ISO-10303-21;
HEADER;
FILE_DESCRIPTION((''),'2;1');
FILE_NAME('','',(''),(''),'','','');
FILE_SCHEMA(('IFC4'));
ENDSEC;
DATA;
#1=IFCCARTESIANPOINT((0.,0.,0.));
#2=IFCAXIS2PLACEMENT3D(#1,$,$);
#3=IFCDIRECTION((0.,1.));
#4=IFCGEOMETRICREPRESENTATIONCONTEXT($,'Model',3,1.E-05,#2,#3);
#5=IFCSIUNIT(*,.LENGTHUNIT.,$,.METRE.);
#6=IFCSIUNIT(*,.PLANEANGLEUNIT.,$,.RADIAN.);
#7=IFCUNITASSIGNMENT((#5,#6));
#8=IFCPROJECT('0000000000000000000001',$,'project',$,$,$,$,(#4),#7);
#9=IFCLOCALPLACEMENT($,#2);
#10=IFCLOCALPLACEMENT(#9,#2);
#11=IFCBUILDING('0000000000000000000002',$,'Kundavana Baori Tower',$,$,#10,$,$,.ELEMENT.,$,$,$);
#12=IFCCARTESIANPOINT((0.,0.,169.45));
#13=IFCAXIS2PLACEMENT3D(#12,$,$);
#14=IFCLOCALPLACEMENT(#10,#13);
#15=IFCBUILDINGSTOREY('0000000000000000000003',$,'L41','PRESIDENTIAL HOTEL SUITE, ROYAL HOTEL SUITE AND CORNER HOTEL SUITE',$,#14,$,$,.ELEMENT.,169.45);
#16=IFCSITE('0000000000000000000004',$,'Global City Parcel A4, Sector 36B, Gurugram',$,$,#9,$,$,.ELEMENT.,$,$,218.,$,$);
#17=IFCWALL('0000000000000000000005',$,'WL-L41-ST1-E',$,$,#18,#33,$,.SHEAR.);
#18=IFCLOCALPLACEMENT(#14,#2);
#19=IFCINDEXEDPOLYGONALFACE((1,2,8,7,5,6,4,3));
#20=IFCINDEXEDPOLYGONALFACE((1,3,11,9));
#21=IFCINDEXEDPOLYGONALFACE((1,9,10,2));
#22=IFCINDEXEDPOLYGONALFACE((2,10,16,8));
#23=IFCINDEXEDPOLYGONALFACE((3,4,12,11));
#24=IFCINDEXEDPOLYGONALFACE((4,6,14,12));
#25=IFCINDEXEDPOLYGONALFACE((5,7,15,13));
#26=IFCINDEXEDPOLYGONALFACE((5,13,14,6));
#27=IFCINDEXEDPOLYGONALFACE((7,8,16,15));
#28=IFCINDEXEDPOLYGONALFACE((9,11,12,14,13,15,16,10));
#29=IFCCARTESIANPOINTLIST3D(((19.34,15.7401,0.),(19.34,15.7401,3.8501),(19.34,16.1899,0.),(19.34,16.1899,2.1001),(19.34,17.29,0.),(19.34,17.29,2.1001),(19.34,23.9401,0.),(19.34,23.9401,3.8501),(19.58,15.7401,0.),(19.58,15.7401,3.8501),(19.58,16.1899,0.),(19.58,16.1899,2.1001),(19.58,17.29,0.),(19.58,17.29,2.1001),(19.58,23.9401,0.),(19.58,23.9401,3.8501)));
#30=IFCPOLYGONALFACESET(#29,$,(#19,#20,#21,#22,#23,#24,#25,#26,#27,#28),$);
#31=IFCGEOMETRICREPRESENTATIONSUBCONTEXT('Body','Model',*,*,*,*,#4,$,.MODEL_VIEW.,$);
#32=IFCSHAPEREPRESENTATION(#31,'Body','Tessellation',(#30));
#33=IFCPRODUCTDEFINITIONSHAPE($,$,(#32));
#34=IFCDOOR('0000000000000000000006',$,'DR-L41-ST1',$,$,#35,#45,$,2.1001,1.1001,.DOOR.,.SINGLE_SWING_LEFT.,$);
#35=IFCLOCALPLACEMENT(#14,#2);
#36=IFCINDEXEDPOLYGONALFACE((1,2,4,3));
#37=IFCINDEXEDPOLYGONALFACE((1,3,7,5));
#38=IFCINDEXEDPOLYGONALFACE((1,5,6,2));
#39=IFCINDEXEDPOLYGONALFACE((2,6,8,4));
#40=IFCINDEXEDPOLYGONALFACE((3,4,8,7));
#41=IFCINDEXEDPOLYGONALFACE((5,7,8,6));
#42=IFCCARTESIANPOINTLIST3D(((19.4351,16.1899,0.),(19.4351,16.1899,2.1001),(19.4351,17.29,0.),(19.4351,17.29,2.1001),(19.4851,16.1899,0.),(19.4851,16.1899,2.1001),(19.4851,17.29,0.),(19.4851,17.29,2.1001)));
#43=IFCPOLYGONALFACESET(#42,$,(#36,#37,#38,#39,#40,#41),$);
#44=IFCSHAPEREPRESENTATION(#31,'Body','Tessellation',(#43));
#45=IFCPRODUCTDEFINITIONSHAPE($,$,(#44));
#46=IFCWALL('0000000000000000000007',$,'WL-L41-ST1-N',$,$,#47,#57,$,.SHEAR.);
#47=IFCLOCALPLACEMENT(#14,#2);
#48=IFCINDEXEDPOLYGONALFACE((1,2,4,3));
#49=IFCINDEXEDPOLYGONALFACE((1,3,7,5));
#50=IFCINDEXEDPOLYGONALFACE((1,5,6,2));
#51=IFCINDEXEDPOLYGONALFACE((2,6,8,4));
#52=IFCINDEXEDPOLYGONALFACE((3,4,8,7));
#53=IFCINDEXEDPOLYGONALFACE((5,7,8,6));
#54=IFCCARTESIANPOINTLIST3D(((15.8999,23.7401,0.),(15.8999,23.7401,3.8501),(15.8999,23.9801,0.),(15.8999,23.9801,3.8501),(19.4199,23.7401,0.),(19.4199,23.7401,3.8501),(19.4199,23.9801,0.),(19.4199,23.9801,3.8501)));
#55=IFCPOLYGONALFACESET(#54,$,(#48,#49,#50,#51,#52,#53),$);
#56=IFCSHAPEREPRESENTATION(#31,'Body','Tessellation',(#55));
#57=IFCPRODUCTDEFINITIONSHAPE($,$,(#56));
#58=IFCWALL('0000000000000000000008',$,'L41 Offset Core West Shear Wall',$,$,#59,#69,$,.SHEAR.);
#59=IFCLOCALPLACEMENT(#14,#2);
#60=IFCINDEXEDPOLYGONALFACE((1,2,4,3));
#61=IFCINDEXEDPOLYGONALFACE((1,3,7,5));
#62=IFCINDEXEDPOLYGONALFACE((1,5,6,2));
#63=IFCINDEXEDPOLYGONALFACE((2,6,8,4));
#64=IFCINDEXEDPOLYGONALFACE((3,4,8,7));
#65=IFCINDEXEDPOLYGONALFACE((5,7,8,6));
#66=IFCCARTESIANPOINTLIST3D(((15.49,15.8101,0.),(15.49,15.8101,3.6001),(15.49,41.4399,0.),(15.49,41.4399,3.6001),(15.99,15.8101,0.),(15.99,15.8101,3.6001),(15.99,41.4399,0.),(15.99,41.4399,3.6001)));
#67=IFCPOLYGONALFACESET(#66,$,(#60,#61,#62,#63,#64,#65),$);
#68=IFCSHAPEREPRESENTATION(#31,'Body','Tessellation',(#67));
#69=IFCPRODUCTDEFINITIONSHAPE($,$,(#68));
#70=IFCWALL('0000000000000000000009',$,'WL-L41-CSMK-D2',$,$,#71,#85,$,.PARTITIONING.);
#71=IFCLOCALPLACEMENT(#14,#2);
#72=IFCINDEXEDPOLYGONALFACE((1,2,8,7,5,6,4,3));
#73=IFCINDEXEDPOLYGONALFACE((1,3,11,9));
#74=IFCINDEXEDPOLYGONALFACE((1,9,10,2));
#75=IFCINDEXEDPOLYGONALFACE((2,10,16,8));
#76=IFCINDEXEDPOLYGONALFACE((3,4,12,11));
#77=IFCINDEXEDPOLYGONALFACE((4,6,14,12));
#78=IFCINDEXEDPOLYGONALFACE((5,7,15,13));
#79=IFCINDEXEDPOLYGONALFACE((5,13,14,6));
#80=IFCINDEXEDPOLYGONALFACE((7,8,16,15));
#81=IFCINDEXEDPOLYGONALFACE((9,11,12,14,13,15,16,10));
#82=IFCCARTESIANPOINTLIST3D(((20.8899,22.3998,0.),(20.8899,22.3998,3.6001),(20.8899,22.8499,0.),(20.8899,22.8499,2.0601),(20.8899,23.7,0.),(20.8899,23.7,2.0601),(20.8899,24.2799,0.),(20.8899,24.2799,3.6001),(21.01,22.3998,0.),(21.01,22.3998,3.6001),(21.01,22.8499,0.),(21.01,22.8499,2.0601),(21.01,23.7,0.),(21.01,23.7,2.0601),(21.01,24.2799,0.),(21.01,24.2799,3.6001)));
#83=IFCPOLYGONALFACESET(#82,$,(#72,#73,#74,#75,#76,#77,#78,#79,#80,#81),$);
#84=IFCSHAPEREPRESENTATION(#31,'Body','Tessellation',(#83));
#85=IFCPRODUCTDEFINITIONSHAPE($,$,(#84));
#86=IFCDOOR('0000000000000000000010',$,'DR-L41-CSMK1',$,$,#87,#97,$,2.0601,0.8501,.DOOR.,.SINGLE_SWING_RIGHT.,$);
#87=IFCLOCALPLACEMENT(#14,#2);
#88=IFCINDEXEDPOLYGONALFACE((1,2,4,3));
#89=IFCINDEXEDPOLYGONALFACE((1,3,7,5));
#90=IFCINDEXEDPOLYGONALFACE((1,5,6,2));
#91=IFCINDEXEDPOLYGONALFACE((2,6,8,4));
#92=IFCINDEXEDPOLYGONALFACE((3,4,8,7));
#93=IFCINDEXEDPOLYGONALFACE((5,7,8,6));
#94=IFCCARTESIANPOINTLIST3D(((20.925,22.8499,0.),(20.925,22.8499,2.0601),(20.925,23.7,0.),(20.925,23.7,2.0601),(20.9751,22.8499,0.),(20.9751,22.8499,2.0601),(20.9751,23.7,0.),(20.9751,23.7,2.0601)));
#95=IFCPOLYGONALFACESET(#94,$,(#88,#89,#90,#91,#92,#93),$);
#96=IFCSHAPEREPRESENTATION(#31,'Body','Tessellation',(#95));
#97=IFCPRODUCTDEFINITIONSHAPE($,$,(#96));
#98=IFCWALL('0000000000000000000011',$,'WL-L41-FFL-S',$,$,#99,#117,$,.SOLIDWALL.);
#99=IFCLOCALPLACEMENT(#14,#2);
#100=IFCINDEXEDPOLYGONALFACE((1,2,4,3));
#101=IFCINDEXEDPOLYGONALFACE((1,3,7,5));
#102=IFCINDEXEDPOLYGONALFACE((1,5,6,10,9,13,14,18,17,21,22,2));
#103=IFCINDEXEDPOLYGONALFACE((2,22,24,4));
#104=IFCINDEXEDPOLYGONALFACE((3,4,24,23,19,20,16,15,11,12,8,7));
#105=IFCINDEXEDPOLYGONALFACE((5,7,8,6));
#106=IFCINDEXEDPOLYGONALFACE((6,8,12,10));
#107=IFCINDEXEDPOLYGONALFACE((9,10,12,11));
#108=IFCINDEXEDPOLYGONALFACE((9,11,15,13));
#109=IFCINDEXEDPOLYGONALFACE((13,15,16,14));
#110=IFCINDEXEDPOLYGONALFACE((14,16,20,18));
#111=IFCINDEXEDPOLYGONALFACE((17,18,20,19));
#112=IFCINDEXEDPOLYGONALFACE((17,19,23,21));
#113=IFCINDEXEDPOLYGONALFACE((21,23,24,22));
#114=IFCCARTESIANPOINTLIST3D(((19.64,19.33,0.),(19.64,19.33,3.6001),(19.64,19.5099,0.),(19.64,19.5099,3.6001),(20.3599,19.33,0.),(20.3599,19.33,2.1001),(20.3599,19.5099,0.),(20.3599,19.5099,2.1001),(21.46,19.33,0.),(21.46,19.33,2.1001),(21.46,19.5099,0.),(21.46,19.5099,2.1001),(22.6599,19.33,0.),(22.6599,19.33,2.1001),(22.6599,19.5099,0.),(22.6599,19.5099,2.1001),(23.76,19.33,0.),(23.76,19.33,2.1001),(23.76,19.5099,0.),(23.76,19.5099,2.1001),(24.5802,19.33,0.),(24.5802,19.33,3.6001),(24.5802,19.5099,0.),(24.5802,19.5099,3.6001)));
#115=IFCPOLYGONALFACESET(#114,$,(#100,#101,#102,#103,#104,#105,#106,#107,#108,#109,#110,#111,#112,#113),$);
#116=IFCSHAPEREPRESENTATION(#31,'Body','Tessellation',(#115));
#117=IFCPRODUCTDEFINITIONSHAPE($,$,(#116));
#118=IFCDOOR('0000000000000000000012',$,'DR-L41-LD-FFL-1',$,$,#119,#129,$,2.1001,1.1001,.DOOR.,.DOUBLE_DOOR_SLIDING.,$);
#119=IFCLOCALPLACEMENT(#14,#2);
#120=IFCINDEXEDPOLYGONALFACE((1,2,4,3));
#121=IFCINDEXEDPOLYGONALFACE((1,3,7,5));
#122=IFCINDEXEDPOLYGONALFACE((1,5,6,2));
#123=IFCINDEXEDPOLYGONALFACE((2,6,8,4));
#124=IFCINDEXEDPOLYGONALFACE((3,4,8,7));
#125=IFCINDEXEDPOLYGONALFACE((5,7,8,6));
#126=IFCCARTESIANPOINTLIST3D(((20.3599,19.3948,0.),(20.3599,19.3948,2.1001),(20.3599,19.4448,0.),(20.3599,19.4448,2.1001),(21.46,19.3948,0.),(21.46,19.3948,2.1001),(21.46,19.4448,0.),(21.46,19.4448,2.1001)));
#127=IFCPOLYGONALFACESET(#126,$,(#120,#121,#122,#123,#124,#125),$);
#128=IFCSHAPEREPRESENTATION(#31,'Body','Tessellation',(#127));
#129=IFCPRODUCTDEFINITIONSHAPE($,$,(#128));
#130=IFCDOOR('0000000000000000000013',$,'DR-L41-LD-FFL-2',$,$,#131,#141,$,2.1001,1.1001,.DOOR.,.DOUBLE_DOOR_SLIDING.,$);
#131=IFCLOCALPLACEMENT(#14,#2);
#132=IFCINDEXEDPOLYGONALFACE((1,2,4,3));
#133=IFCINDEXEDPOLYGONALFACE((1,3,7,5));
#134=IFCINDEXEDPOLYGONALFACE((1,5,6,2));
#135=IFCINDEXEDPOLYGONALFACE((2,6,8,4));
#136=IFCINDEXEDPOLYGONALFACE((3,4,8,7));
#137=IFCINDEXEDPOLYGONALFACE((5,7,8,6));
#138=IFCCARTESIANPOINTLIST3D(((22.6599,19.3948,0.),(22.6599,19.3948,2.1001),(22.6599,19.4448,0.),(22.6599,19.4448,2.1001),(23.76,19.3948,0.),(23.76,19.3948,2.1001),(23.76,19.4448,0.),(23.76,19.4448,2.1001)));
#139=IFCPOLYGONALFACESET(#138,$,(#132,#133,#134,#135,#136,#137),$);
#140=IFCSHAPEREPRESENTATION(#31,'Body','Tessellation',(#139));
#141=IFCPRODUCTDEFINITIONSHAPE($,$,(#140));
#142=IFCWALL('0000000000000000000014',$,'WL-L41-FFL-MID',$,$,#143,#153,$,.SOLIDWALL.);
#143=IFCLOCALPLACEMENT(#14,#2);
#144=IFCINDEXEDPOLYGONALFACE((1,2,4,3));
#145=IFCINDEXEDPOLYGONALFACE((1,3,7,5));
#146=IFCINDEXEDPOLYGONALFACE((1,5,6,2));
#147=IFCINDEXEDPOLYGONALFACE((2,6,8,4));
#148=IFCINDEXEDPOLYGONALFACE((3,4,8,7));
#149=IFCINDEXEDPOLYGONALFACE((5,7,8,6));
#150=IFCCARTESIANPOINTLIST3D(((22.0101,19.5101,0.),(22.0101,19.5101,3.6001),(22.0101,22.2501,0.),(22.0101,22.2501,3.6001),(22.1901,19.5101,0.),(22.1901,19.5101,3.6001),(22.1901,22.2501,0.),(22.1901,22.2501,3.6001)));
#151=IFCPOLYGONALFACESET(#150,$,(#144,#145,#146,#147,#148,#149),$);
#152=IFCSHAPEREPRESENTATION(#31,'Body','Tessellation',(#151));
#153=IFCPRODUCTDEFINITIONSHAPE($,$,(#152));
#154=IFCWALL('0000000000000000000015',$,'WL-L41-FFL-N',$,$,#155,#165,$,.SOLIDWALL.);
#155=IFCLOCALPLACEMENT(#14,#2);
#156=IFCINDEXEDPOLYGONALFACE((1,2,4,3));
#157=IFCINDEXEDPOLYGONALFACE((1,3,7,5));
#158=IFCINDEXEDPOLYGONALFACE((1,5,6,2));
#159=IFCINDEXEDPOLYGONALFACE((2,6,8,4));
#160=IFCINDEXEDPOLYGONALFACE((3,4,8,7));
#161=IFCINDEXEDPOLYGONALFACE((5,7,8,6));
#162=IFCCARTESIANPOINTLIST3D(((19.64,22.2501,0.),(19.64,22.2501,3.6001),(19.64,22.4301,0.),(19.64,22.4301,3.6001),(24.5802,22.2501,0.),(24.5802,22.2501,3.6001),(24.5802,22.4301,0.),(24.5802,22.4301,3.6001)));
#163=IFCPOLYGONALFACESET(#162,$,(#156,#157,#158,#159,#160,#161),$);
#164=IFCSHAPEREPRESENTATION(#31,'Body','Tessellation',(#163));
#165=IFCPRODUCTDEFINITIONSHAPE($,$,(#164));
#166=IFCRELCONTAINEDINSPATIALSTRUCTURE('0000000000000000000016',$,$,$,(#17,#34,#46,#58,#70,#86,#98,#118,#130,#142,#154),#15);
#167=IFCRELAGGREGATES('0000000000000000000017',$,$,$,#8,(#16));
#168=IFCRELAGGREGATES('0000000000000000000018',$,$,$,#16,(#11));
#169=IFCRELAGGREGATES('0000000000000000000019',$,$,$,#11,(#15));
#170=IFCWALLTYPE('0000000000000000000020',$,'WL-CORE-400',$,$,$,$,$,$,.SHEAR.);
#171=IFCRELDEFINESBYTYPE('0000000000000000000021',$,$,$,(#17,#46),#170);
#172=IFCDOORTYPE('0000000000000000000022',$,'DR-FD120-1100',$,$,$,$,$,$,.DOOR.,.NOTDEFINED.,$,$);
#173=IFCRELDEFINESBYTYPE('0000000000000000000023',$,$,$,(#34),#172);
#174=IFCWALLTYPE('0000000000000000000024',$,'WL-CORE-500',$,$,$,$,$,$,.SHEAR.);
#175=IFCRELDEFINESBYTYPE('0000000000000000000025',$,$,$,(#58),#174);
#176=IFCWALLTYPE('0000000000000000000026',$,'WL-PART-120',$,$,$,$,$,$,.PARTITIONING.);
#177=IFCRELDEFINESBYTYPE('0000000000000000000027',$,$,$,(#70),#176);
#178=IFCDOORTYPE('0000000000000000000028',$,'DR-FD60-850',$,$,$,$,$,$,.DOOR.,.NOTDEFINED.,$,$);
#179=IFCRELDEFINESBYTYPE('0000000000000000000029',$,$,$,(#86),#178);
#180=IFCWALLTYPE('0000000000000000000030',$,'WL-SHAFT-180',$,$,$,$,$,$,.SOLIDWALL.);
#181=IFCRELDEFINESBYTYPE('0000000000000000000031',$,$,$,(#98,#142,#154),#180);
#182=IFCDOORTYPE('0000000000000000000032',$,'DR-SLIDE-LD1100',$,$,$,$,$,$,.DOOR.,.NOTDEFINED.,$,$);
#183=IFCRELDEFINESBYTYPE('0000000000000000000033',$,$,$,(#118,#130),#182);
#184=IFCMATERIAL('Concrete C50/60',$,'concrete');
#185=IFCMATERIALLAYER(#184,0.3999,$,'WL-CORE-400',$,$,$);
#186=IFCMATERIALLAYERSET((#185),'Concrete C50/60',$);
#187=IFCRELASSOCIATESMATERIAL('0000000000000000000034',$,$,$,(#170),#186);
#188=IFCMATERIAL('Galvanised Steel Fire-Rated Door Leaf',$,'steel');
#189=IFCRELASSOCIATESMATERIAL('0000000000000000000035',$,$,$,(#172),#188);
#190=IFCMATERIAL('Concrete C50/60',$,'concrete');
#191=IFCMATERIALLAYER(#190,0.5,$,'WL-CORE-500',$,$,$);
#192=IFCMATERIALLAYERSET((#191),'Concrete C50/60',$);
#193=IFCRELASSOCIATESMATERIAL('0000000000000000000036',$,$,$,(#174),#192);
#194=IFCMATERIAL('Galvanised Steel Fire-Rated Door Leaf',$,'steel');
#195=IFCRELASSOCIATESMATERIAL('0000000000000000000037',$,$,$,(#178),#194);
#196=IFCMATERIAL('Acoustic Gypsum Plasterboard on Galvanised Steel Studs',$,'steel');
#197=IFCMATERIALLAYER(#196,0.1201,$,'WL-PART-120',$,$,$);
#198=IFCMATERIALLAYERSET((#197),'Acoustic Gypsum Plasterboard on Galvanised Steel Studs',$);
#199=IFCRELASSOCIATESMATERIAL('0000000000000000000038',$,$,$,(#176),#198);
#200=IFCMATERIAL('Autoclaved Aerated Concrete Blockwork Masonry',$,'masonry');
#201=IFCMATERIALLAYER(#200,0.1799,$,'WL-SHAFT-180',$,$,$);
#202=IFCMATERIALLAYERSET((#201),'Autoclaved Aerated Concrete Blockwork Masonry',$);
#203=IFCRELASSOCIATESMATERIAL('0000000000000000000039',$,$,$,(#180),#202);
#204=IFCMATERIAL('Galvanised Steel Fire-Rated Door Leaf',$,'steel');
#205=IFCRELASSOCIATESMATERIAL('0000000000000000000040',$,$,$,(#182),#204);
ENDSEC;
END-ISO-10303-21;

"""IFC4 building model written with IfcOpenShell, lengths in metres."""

from ifc_helpers import new_model, si_unit, direction, frame, frame_2d, origin, place, context, subcontext, project, spatial, rectangle, extrude, material, layer, layer_set, type_object, element, fill, save


model = new_model("IFC4")

# Units and contexts
model_context = context("Model", 3, precision=1e-05, world=origin(), true_north=direction((0.0, 1.0)))
body_context = subcontext(model_context, "Body", "Model", "MODEL_VIEW")
ifc_project = project(units=[si_unit("LENGTHUNIT", "METRE"), si_unit("PLANEANGLEUNIT", "RADIAN")], contexts=[model_context])

# Site, building, storey
site_placement = place(None, origin())
site = spatial("IfcSite", under=ifc_project, at=site_placement, Name="Global City Parcel A4, Sector 36B, Gurugram", CompositionType="ELEMENT", RefElevation=218.0)
building_placement = place(site_placement, origin())
building = spatial("IfcBuilding", under=site, at=building_placement, Name="Kundavana Baori Tower", CompositionType="ELEMENT")
storey_placement = place(building_placement, frame((0.0, 0.0, 169.45)))
storey = spatial("IfcBuildingStorey", under=building, at=storey_placement, Name="L41", Description="PRESIDENTIAL HOTEL SUITE, ROYAL HOTEL SUITE AND CORNER HOTEL SUITE", CompositionType="ELEMENT", Elevation=169.45)

# Wall, opening, door
ifc_material_1 = material(Name="Concrete C50/60", Category="concrete")
ifc_layer_1 = layer(ifc_material_1, 0.3999, Name="WL-CORE-400")
ifc_layer_set_1 = layer_set([ifc_layer_1], Name="Concrete C50/60")
wall_type_1 = type_object("IfcWallType", Name="WL-CORE-400", PredefinedType="SHEAR", material=ifc_layer_set_1)
wall_1_placement = place(storey_placement, frame((19.46, 15.74, 0.0), z_axis=(0.0, 0.0, 1.0), x_axis=(0.0, 1.0, 0.0)))
wall_1 = element("IfcWall", 1, at=wall_1_placement, inside=storey, type_object=wall_type_1, Name="WL-L41-ST1-E", PredefinedType="SHEAR", context=body_context, shape_type="SweptSolid", body=[
    extrude(rectangle(XDim=8.2, YDim=0.24, at=frame_2d((4.1001, 0.0))), origin(), (0.0, 0.0, 1.0), 3.8501),
])
opening_1_placement = place(wall_1_placement, frame((0.45, 0.0, 0.0)))
opening_1 = element("IfcOpeningElement", 2, at=opening_1_placement, cuts=wall_1, PredefinedType="OPENING", context=body_context, shape_type="SweptSolid", body=[
    extrude(rectangle(XDim=1.1001, YDim=2.1001, at=frame_2d((0.55, 1.05))), frame((0.0, 0.1299, 0.0), z_axis=(0.0, -1.0, 0.0), x_axis=(1.0, 0.0, 0.0)), (0.0, 0.0, 1.0), 0.26),
])
ifc_material_2 = material(Name="Galvanised Steel Fire-Rated Door Leaf", Category="steel")
door_type_1 = type_object("IfcDoorType", Name="DR-FD120-1100", OperationType="NOTDEFINED", PredefinedType="DOOR", material=ifc_material_2)
door_1_placement = place(opening_1_placement, origin())
door_1 = element("IfcDoor", 3, at=door_1_placement, inside=storey, type_object=door_type_1, Name="DR-L41-ST1", OperationType="SINGLE_SWING_LEFT", OverallHeight=2.1001, OverallWidth=1.1001, PredefinedType="DOOR", context=body_context, shape_type="SweptSolid", body=[
    extrude(rectangle(XDim=1.1001, YDim=2.1001, at=frame_2d((0.55, 1.05))), frame((0.0, 0.0249, 0.0), z_axis=(0.0, -1.0, 0.0), x_axis=(1.0, 0.0, 0.0)), (0.0, 0.0, 1.0), 0.05),
])
fill(opening_1, door_1)

# Walls
wall_2_placement = place(storey_placement, frame((15.8999, 23.8601, 0.0), z_axis=(0.0, 0.0, 1.0), x_axis=(1.0, 0.0, 0.0)))
element("IfcWall", 4, at=wall_2_placement, inside=storey, type_object=wall_type_1, Name="WL-L41-ST1-N", PredefinedType="SHEAR", context=body_context, shape_type="SweptSolid", body=[
    extrude(rectangle(XDim=3.52, YDim=0.24, at=frame_2d((1.76, 0.0))), origin(), (0.0, 0.0, 1.0), 3.8501),
])
ifc_material_3 = material(Name="Concrete C50/60", Category="concrete")
ifc_layer_2 = layer(ifc_material_3, 0.5, Name="WL-CORE-500")
ifc_layer_set_2 = layer_set([ifc_layer_2], Name="Concrete C50/60")
wall_type_2 = type_object("IfcWallType", Name="WL-CORE-500", PredefinedType="SHEAR", material=ifc_layer_set_2)
wall_3_placement = place(storey_placement, frame((15.74, 15.8101, 0.0), z_axis=(0.0, 0.0, 1.0), x_axis=(0.0, 1.0, 0.0)))
element("IfcWall", 5, at=wall_3_placement, inside=storey, type_object=wall_type_2, Name="L41 Offset Core West Shear Wall", PredefinedType="SHEAR", context=body_context, shape_type="SweptSolid", body=[
    extrude(rectangle(XDim=25.6299, YDim=0.5, at=frame_2d((12.8149, 0.0))), origin(), (0.0, 0.0, 1.0), 3.6001),
])

# Shared definitions
ifc_material_4 = material(Name="Galvanised Steel Fire-Rated Door Leaf", Category="steel")
door_type_2 = type_object("IfcDoorType", Name="DR-FD60-850", OperationType="NOTDEFINED", PredefinedType="DOOR", material=ifc_material_4)

# Wall, opening, door
ifc_material_5 = material(Name="Acoustic Gypsum Plasterboard on Galvanised Steel Studs", Category="steel")
ifc_layer_3 = layer(ifc_material_5, 0.1201, Name="WL-PART-120")
ifc_layer_set_3 = layer_set([ifc_layer_3], Name="Acoustic Gypsum Plasterboard on Galvanised Steel Studs")
wall_type_3 = type_object("IfcWallType", Name="WL-PART-120", PredefinedType="PARTITIONING", material=ifc_layer_set_3)
wall_4_placement = place(storey_placement, frame((20.95, 22.3999, 0.0), z_axis=(0.0, 0.0, 1.0), x_axis=(0.0, 1.0, 0.0)))
wall_4 = element("IfcWall", 6, at=wall_4_placement, inside=storey, type_object=wall_type_3, Name="WL-L41-CSMK-D2", PredefinedType="PARTITIONING", context=body_context, shape_type="SweptSolid", body=[
    extrude(rectangle(XDim=1.8801, YDim=0.1201, at=frame_2d((0.9399, 0.0))), origin(), (0.0, 0.0, 1.0), 3.6001),
])
opening_2_placement = place(wall_4_placement, frame((0.45, 0.0, 0.0)))
opening_2 = element("IfcOpeningElement", 7, at=opening_2_placement, cuts=wall_4, PredefinedType="OPENING", context=body_context, shape_type="SweptSolid", body=[
    extrude(rectangle(XDim=0.8501, YDim=2.0601, at=frame_2d((0.425, 1.03))), frame((0.0, 0.0701, 0.0), z_axis=(0.0, -1.0, 0.0), x_axis=(1.0, 0.0, 0.0)), (0.0, 0.0, 1.0), 0.1401),
])
door_2_placement = place(opening_2_placement, origin())
door_2 = element("IfcDoor", 8, at=door_2_placement, inside=storey, type_object=door_type_2, Name="DR-L41-CSMK1", OperationType="SINGLE_SWING_RIGHT", OverallHeight=2.0601, OverallWidth=0.8501, PredefinedType="DOOR", context=body_context, shape_type="SweptSolid", body=[
    extrude(rectangle(XDim=0.8501, YDim=2.0601, at=frame_2d((0.425, 1.03))), frame((0.0, 0.0249, 0.0), z_axis=(0.0, -1.0, 0.0), x_axis=(1.0, 0.0, 0.0)), (0.0, 0.0, 1.0), 0.05),
])
fill(opening_2, door_2)

# Wall, openings, doors
ifc_material_6 = material(Name="Autoclaved Aerated Concrete Blockwork Masonry", Category="masonry")
ifc_layer_4 = layer(ifc_material_6, 0.1799, Name="WL-SHAFT-180")
ifc_layer_set_4 = layer_set([ifc_layer_4], Name="Autoclaved Aerated Concrete Blockwork Masonry")
wall_type_4 = type_object("IfcWallType", Name="WL-SHAFT-180", PredefinedType="SOLIDWALL", material=ifc_layer_set_4)
wall_5_placement = place(storey_placement, frame((19.6399, 19.4199, 0.0), z_axis=(0.0, 0.0, 1.0), x_axis=(1.0, 0.0, 0.0)))
wall_5 = element("IfcWall", 9, at=wall_5_placement, inside=storey, type_object=wall_type_4, Name="WL-L41-FFL-S", PredefinedType="SOLIDWALL", context=body_context, shape_type="SweptSolid", body=[
    extrude(rectangle(XDim=4.9402, YDim=0.1799, at=frame_2d((2.4702, 0.0))), origin(), (0.0, 0.0, 1.0), 3.6001),
])
opening_3_placement = place(wall_5_placement, frame((0.72, 0.0, 0.0)))
opening_3 = element("IfcOpeningElement", 10, at=opening_3_placement, cuts=wall_5, PredefinedType="OPENING", context=body_context, shape_type="SweptSolid", body=[
    extrude(rectangle(XDim=1.1001, YDim=2.1001, at=frame_2d((0.55, 1.05))), frame((0.0, 0.1001, 0.0), z_axis=(0.0, -1.0, 0.0), x_axis=(1.0, 0.0, 0.0)), (0.0, 0.0, 1.0), 0.2),
])
opening_4_placement = place(wall_5_placement, frame((3.02, 0.0, 0.0)))
opening_4 = element("IfcOpeningElement", 11, at=opening_4_placement, cuts=wall_5, PredefinedType="OPENING", context=body_context, shape_type="SweptSolid", body=[
    extrude(rectangle(XDim=1.1001, YDim=2.1001, at=frame_2d((0.55, 1.05))), frame((0.0, 0.1001, 0.0), z_axis=(0.0, -1.0, 0.0), x_axis=(1.0, 0.0, 0.0)), (0.0, 0.0, 1.0), 0.2),
])
ifc_material_7 = material(Name="Galvanised Steel Fire-Rated Door Leaf", Category="steel")
door_type_3 = type_object("IfcDoorType", Name="DR-SLIDE-LD1100", OperationType="NOTDEFINED", PredefinedType="DOOR", material=ifc_material_7)
door_3_placement = place(opening_3_placement, origin())
door_3 = element("IfcDoor", 12, at=door_3_placement, inside=storey, type_object=door_type_3, Name="DR-L41-LD-FFL-1", OperationType="DOUBLE_DOOR_SLIDING", OverallHeight=2.1001, OverallWidth=1.1001, PredefinedType="DOOR", context=body_context, shape_type="SweptSolid", body=[
    extrude(rectangle(XDim=1.1001, YDim=2.1001, at=frame_2d((0.55, 1.05))), frame((0.0, 0.0249, 0.0), z_axis=(0.0, -1.0, 0.0), x_axis=(1.0, 0.0, 0.0)), (0.0, 0.0, 1.0), 0.05),
])
fill(opening_3, door_3)
door_4_placement = place(opening_4_placement, origin())
door_4 = element("IfcDoor", 13, at=door_4_placement, inside=storey, type_object=door_type_3, Name="DR-L41-LD-FFL-2", OperationType="DOUBLE_DOOR_SLIDING", OverallHeight=2.1001, OverallWidth=1.1001, PredefinedType="DOOR", context=body_context, shape_type="SweptSolid", body=[
    extrude(rectangle(XDim=1.1001, YDim=2.1001, at=frame_2d((0.55, 1.05))), frame((0.0, 0.0249, 0.0), z_axis=(0.0, -1.0, 0.0), x_axis=(1.0, 0.0, 0.0)), (0.0, 0.0, 1.0), 0.05),
])
fill(opening_4, door_4)

# Walls
wall_6_placement = place(storey_placement, frame((22.1001, 19.51, 0.0), z_axis=(0.0, 0.0, 1.0), x_axis=(0.0, 1.0, 0.0)))
element("IfcWall", 14, at=wall_6_placement, inside=storey, type_object=wall_type_4, Name="WL-L41-FFL-MID", PredefinedType="SOLIDWALL", context=body_context, shape_type="SweptSolid", body=[
    extrude(rectangle(XDim=2.74, YDim=0.1799, at=frame_2d((1.3701, 0.0))), origin(), (0.0, 0.0, 1.0), 3.6001),
])
wall_7_placement = place(storey_placement, frame((19.6399, 22.3401, 0.0), z_axis=(0.0, 0.0, 1.0), x_axis=(1.0, 0.0, 0.0)))
element("IfcWall", 15, at=wall_7_placement, inside=storey, type_object=wall_type_4, Name="WL-L41-FFL-N", PredefinedType="SOLIDWALL", context=body_context, shape_type="SweptSolid", body=[
    extrude(rectangle(XDim=4.9402, YDim=0.1799, at=frame_2d((2.4702, 0.0))), origin(), (0.0, 0.0, 1.0), 3.6001),
])

save(model, "model.ifc")
